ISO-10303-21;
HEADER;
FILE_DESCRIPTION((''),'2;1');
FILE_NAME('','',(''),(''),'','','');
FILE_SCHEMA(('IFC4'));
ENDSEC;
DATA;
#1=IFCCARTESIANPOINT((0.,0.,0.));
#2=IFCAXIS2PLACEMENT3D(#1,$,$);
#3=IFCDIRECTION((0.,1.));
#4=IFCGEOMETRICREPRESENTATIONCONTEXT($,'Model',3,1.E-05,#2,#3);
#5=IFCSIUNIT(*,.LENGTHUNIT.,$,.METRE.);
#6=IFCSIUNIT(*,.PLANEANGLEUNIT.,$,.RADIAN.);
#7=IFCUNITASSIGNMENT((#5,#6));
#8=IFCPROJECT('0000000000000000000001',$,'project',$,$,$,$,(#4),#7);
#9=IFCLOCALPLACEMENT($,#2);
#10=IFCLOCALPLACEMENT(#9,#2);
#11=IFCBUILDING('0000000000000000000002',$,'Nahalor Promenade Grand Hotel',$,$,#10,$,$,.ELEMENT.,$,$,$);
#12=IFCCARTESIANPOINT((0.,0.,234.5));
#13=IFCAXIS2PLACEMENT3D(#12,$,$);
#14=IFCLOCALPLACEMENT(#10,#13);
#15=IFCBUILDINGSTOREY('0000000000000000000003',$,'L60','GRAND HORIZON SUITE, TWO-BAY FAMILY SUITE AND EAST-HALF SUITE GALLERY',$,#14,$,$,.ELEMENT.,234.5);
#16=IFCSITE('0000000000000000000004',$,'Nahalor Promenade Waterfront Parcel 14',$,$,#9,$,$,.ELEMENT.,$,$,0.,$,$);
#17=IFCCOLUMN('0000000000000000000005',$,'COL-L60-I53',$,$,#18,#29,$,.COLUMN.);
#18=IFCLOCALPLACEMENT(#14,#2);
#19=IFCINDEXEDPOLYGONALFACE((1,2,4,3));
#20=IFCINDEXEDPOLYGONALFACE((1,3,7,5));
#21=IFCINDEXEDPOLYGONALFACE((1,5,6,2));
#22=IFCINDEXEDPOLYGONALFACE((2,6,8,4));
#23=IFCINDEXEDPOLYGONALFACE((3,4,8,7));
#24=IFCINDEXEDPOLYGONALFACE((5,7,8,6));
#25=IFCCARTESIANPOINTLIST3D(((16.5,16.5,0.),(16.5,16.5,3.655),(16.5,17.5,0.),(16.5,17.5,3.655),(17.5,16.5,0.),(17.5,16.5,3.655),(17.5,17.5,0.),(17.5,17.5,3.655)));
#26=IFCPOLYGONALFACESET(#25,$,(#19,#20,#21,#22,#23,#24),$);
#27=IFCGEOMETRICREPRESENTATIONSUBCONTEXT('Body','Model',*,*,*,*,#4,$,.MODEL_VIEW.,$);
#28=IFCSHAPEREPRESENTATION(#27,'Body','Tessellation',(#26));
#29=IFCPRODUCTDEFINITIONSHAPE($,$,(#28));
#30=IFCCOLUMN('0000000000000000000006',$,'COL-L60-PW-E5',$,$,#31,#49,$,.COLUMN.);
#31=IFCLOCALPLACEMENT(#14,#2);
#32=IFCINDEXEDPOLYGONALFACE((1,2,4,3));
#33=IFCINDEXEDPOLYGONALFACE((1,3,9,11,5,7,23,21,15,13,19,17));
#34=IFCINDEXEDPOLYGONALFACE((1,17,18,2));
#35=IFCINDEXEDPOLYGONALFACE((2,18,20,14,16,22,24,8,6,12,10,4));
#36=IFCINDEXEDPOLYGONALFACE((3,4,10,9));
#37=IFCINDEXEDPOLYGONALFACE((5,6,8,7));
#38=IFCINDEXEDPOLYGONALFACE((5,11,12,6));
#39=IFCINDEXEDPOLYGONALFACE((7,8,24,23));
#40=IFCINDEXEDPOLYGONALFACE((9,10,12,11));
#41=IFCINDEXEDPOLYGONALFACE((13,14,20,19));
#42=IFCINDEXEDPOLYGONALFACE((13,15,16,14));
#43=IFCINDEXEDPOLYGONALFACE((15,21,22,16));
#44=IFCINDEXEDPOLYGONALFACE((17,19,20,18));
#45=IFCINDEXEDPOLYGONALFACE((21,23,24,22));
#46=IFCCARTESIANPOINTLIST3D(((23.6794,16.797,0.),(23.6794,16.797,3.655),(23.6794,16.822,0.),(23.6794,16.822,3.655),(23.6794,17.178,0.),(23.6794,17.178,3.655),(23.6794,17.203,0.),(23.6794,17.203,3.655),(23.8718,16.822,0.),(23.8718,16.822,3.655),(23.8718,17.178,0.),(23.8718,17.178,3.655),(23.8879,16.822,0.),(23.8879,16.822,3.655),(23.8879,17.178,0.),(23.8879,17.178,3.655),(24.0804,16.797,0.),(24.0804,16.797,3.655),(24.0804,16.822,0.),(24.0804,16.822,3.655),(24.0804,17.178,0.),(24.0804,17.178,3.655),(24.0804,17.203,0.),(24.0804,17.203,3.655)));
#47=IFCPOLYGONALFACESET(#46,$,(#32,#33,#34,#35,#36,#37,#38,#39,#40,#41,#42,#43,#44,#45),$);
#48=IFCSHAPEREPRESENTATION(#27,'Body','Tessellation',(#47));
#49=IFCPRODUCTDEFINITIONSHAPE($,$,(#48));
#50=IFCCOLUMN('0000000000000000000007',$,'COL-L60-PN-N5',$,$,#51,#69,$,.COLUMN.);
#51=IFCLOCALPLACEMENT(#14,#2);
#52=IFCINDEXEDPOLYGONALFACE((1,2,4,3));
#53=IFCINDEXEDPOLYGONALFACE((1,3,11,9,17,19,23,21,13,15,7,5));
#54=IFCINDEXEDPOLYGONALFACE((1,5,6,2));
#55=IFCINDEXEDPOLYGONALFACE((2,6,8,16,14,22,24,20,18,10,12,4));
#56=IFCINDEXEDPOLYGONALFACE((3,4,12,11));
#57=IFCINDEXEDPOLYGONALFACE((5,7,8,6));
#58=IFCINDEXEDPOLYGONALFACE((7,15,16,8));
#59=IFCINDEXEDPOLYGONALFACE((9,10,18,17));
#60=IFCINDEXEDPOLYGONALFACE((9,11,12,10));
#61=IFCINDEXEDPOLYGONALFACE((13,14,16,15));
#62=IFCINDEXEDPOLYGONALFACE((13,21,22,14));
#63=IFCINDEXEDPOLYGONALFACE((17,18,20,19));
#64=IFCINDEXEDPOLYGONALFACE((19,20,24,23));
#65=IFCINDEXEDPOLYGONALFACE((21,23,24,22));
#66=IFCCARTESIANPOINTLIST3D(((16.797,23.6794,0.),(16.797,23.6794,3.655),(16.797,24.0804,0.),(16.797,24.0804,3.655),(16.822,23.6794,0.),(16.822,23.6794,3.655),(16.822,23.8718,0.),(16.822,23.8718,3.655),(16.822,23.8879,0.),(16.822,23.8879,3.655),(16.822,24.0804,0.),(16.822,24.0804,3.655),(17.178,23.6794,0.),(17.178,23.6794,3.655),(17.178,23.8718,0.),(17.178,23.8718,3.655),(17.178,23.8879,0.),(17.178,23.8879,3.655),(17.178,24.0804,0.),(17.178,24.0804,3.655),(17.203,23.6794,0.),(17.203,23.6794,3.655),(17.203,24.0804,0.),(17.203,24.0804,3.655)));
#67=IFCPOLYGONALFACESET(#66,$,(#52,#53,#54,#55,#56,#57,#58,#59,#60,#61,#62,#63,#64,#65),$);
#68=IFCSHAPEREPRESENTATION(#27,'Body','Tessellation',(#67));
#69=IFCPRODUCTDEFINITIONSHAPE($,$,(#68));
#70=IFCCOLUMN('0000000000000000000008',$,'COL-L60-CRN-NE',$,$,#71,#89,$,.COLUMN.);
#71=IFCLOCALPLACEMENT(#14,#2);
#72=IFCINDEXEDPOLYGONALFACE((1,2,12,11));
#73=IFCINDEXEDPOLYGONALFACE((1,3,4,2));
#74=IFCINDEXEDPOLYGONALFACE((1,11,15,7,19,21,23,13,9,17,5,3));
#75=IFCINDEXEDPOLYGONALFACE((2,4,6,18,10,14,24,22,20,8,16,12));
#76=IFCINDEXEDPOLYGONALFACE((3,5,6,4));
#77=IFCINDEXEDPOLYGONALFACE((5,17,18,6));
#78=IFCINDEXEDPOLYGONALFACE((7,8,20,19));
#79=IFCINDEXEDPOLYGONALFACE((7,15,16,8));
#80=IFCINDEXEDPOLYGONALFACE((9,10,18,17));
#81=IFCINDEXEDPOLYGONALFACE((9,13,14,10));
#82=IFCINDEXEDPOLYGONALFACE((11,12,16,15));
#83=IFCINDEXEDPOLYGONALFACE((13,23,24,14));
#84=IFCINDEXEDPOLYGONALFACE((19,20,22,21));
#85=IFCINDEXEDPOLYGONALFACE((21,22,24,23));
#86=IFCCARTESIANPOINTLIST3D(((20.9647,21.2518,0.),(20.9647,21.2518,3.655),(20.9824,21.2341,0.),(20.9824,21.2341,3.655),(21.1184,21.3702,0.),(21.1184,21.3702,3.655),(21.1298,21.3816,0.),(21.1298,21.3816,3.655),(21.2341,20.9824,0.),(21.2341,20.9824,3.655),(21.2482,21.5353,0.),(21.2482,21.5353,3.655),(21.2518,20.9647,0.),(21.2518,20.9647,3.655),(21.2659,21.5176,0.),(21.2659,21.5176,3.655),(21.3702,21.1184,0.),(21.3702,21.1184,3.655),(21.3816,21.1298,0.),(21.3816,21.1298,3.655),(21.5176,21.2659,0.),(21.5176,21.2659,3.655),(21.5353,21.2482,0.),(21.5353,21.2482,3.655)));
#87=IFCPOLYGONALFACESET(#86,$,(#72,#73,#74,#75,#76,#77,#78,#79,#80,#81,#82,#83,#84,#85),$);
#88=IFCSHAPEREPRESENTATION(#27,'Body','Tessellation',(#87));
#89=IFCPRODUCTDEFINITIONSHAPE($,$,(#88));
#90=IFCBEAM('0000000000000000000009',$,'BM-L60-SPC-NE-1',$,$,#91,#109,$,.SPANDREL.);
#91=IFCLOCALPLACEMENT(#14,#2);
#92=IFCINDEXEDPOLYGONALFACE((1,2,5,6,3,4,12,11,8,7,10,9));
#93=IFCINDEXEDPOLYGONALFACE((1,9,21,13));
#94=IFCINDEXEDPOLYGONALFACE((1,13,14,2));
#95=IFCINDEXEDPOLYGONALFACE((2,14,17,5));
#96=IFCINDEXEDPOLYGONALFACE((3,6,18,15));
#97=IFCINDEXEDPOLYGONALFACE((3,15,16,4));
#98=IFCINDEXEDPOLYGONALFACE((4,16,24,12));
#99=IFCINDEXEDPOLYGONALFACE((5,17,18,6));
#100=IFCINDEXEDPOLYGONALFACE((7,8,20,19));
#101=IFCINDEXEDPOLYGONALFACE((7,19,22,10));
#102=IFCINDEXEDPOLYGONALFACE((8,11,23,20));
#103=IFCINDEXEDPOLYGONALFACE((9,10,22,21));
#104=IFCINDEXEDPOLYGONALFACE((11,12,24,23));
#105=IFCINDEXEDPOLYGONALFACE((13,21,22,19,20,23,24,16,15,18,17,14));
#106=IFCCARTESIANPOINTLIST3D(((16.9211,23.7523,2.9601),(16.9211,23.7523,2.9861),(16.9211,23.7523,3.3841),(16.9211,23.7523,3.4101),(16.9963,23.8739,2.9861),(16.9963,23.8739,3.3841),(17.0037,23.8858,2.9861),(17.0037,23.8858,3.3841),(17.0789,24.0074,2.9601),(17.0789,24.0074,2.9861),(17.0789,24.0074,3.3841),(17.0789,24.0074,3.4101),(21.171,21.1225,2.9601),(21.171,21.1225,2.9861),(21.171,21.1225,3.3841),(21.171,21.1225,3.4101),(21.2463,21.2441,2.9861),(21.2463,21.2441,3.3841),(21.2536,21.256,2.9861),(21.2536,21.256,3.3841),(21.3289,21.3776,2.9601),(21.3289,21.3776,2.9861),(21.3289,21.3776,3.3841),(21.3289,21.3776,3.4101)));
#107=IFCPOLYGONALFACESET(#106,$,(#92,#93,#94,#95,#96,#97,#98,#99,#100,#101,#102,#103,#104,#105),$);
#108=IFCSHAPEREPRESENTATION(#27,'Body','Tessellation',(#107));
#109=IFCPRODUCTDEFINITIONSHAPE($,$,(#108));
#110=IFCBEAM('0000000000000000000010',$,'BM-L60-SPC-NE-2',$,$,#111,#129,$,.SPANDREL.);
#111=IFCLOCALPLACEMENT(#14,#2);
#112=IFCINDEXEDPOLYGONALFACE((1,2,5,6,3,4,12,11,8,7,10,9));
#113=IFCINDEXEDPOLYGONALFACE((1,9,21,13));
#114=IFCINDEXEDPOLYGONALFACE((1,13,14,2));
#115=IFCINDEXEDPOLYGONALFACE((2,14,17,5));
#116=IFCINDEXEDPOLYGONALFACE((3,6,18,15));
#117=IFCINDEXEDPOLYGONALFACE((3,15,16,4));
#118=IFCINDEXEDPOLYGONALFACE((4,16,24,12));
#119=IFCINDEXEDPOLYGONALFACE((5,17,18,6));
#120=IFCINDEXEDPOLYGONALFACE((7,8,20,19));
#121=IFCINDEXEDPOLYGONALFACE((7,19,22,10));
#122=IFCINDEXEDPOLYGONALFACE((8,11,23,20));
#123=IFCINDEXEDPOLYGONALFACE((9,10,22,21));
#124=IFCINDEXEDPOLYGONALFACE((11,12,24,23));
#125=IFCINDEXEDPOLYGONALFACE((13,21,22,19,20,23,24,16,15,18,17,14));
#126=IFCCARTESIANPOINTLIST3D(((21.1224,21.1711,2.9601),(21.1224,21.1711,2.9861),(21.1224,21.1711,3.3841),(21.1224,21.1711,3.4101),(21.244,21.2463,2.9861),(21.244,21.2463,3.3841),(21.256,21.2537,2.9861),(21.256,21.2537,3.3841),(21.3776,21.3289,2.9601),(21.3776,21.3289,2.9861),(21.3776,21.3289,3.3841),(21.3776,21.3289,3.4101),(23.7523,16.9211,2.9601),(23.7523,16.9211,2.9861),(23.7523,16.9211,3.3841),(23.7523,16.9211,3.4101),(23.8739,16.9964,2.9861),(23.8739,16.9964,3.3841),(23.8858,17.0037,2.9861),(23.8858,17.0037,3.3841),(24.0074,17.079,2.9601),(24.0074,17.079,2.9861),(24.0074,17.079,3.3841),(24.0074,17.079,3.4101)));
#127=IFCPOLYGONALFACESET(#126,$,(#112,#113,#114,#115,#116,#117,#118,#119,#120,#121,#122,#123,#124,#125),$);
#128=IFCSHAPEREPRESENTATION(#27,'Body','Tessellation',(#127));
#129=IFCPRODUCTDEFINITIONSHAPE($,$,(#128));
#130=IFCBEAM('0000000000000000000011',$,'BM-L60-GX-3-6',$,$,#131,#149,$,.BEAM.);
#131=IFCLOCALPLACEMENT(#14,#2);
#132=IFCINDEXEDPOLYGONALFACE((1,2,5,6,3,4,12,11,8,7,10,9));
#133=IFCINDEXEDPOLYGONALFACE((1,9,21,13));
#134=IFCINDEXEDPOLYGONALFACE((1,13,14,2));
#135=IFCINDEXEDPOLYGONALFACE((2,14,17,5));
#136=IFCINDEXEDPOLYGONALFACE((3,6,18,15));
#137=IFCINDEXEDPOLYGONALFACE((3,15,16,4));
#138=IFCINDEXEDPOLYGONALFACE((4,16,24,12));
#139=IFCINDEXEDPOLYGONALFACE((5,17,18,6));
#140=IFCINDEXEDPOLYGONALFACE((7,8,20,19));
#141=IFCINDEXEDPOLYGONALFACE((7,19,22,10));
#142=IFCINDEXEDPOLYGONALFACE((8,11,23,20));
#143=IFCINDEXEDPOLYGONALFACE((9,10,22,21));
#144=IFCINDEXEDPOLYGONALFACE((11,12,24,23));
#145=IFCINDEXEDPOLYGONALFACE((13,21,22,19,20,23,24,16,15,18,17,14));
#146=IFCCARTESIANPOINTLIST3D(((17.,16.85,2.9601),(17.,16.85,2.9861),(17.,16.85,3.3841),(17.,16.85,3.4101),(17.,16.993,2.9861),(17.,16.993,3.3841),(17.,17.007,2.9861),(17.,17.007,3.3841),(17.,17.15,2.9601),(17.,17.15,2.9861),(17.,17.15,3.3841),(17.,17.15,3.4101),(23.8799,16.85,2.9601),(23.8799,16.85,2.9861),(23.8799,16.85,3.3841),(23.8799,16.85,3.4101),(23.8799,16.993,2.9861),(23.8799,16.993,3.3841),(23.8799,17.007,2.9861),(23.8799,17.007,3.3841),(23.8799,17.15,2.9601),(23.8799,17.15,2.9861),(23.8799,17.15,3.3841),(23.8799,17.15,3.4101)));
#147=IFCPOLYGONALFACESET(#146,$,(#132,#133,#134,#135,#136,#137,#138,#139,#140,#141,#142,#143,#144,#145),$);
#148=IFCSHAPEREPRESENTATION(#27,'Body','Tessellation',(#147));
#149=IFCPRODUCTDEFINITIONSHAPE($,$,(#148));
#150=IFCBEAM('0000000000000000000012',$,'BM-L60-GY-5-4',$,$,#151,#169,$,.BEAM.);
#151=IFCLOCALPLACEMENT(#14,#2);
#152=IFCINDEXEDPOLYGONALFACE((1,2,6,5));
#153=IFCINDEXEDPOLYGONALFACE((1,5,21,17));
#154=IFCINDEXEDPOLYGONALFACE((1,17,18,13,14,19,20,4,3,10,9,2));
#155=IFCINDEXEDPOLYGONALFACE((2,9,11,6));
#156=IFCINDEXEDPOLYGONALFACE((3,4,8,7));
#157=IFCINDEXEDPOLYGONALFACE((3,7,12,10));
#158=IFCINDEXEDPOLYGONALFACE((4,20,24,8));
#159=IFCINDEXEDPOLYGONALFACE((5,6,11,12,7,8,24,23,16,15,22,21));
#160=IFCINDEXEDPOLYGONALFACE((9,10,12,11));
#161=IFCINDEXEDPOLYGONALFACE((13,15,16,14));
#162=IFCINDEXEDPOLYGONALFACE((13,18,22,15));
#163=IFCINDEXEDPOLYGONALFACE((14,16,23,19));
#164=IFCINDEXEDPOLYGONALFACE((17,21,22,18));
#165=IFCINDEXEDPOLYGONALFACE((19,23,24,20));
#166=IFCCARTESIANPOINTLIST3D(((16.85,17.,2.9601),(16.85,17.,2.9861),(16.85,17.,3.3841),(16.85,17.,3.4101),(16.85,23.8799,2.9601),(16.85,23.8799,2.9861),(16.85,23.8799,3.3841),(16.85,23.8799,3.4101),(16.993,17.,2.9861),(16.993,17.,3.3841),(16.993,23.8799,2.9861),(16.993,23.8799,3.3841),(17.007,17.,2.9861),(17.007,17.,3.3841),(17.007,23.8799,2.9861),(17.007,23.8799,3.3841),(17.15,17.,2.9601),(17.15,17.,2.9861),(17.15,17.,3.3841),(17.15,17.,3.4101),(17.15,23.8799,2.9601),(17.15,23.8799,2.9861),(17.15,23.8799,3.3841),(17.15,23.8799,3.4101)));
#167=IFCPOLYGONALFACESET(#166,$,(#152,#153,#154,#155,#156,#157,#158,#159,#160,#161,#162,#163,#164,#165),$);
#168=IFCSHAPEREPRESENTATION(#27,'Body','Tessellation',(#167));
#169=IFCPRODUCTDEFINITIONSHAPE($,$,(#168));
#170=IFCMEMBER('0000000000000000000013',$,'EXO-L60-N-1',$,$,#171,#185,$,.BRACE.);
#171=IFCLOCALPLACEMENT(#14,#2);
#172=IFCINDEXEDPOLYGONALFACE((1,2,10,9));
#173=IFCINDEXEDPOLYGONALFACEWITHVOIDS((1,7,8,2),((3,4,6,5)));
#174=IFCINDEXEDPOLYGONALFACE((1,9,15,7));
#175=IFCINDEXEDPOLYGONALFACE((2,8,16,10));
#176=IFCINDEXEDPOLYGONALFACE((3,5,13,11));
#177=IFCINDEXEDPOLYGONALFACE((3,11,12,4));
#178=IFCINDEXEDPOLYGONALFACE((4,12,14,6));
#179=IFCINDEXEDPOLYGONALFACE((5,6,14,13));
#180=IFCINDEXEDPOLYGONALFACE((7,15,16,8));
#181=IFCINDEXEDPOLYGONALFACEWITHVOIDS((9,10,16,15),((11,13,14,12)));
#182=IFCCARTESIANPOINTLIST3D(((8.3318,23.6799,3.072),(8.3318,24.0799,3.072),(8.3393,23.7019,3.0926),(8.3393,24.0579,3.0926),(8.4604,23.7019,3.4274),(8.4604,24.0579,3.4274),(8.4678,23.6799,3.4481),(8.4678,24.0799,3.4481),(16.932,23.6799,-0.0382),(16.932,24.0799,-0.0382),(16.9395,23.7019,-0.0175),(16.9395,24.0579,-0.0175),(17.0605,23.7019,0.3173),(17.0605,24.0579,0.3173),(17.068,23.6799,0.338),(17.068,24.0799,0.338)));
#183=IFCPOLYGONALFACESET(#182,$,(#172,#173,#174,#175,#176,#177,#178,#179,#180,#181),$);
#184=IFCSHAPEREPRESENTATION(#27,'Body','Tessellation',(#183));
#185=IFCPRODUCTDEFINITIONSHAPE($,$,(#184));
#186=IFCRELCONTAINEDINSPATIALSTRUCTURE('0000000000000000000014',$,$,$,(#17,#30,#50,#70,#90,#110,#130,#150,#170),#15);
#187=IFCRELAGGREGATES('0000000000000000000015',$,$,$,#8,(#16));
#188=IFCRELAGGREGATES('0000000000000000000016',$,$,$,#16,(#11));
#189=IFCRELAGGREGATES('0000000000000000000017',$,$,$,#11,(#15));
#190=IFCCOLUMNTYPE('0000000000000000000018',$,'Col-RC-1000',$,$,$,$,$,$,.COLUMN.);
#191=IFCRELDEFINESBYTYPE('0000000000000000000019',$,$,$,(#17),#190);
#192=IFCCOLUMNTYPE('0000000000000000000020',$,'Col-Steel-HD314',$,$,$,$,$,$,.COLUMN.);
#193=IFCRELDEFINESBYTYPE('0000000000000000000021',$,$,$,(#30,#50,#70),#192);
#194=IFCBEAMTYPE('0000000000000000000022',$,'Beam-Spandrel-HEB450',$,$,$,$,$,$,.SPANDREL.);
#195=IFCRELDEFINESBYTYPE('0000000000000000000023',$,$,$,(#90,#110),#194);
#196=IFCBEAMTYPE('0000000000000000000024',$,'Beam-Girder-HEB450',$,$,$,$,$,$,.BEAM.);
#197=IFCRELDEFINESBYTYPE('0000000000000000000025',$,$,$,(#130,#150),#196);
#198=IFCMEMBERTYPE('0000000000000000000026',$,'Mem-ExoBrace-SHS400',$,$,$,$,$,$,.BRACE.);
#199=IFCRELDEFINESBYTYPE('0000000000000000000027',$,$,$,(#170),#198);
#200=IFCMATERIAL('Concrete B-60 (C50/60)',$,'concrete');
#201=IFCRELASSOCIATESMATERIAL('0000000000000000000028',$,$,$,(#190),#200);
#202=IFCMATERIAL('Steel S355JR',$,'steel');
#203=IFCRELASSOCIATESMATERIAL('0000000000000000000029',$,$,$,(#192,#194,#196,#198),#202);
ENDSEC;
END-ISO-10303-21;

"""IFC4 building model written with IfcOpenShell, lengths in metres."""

from ifc_helpers import new_model, si_unit, direction, frame, origin, origin_2d, place, context, subcontext, project, spatial, rectangle, hollow_rectangle, i_section, extrude, source, transform, mapped, material, material_profile, profile_set, type_object, element, save


model = new_model("IFC4")

# Units and contexts
model_context = context("Model", 3, precision=1e-05, world=origin(), true_north=direction((0.0, 1.0)))
body_context = subcontext(model_context, "Body", "Model", "MODEL_VIEW")
ifc_project = project(units=[si_unit("LENGTHUNIT", "METRE"), si_unit("PLANEANGLEUNIT", "RADIAN")], contexts=[model_context])

# Site, building, storey
site_placement = place(None, origin())
site = spatial("IfcSite", under=ifc_project, at=site_placement, Name="Nahalor Promenade Waterfront Parcel 14", CompositionType="ELEMENT", RefElevation=0.0)
building_placement = place(site_placement, origin())
building = spatial("IfcBuilding", under=site, at=building_placement, Name="Nahalor Promenade Grand Hotel", CompositionType="ELEMENT")
storey_placement = place(building_placement, frame((0.0, 0.0, 234.5)))
storey = spatial("IfcBuildingStorey", under=building, at=storey_placement, Name="L60", Description="GRAND HORIZON SUITE, TWO-BAY FAMILY SUITE AND EAST-HALF SUITE GALLERY", CompositionType="ELEMENT", Elevation=234.5)

# Columns
ifc_material_1 = material(Name="Concrete B-60 (C50/60)", Category="concrete")
ifc_material_profile_1 = material_profile(ifc_material_1, rectangle(XDim=1.0, YDim=1.0, at=origin_2d()), Name="RC 1000x1000")
ifc_profile_set_1 = profile_set([ifc_material_profile_1], Name="Concrete B-60 (C50/60)")
column_type_1 = type_object("IfcColumnType", Name="Col-RC-1000", PredefinedType="COLUMN", material=ifc_profile_set_1)
shared_shape_1 = source(origin(), body_context, "Body", "SweptSolid", [
    extrude(rectangle(XDim=1.0, YDim=1.0, at=origin_2d()), origin(), (0.0, 0.0, 1.0), 3.655),
])
column_placement = place(storey_placement, frame((17.0, 17.0, 0.0), z_axis=(0.0, 0.0, 1.0), x_axis=(1.0, 0.0, 0.0)))
element("IfcColumn", 1, at=column_placement, inside=storey, type_object=column_type_1, Name="COL-L60-I53", PredefinedType="COLUMN", context=body_context, shape_type="MappedRepresentation", body=[
    mapped(shared_shape_1, transform((0.0, 0.0, 0.0), scale=1.0)),
])
ifc_material_2 = material(Name="Steel S355JR", Category="steel")
ifc_material_profile_2 = material_profile(ifc_material_2, i_section(OverallWidth=0.401, OverallDepth=0.406, WebThickness=0.0161, FlangeThickness=0.025, at=origin_2d()), Name="HD 400x314")
ifc_profile_set_2 = profile_set([ifc_material_profile_2], Name="Steel S355JR")
column_type_2 = type_object("IfcColumnType", Name="Col-Steel-HD314", PredefinedType="COLUMN", material=ifc_profile_set_2)
shared_shape_2 = source(origin(), body_context, "Body", "SweptSolid", [
    extrude(i_section(OverallWidth=0.401, OverallDepth=0.406, WebThickness=0.0161, FlangeThickness=0.025, at=origin_2d()), origin(), (0.0, 0.0, 1.0), 3.655),
])
for number, where, z_axis, x_axis, name in (
    (2, (23.8799, 17.0, 0.0), (0.0, 0.0, 1.0), (1.0, 0.0, 0.0), "COL-L60-PW-E5"),
    (3, (17.0, 23.8799, 0.0), (0.0, 0.0, 1.0), (0.0, 1.0, 0.0), "COL-L60-PN-N5"),
    (4, (21.25, 21.25, 0.0), (0.0, 0.0, 1.0), (0.707107, 0.707107, 0.0), "COL-L60-CRN-NE"),
):
    element("IfcColumn", number, at=place(storey_placement, frame(where, z_axis=z_axis, x_axis=x_axis)), inside=storey, type_object=column_type_2, Name=name, PredefinedType="COLUMN", context=body_context, shape_type="MappedRepresentation", body=[
        mapped(shared_shape_2, transform((0.0, 0.0, 0.0), scale=1.0)),
    ])

# Beams
ifc_material_profile_3 = material_profile(ifc_material_2, i_section(OverallWidth=0.3, OverallDepth=0.45, WebThickness=0.014, FlangeThickness=0.026, at=origin_2d()), Name="HEB 450")
ifc_profile_set_3 = profile_set([ifc_material_profile_3], Name="Steel S355JR")
beam_type_1 = type_object("IfcBeamType", Name="Beam-Spandrel-HEB450", PredefinedType="SPANDREL", material=ifc_profile_set_3)
shared_shape_3 = source(origin(), body_context, "Body", "SweptSolid", [
    extrude(i_section(OverallWidth=0.3, OverallDepth=0.45, WebThickness=0.014, FlangeThickness=0.026, at=origin_2d()), origin(), (0.0, 0.0, 1.0), 4.9978),
])
for number, where, z_axis, x_axis, name in (
    (5, (17.0, 23.8799, 3.1851), (0.850361, -0.5262, 0.0), (0.5262, 0.850361, 0.0), "BM-L60-SPC-NE-1"),
    (6, (21.25, 21.25, 3.1851), (0.5262, -0.850361, 0.0), (0.850361, 0.5262, 0.0), "BM-L60-SPC-NE-2"),
):
    element("IfcBeam", number, at=place(storey_placement, frame(where, z_axis=z_axis, x_axis=x_axis)), inside=storey, type_object=beam_type_1, Name=name, PredefinedType="SPANDREL", context=body_context, shape_type="MappedRepresentation", body=[
        mapped(shared_shape_3, transform((0.0, 0.0, 0.0), scale=1.0)),
    ])
ifc_material_profile_4 = material_profile(ifc_material_2, i_section(OverallWidth=0.3, OverallDepth=0.45, WebThickness=0.014, FlangeThickness=0.026, at=origin_2d()), Name="HEB 450")
ifc_profile_set_4 = profile_set([ifc_material_profile_4], Name="Steel S355JR")
beam_type_2 = type_object("IfcBeamType", Name="Beam-Girder-HEB450", PredefinedType="BEAM", material=ifc_profile_set_4)
shared_shape_4 = source(origin(), body_context, "Body", "SweptSolid", [
    extrude(i_section(OverallWidth=0.3, OverallDepth=0.45, WebThickness=0.014, FlangeThickness=0.026, at=origin_2d()), origin(), (0.0, 0.0, 1.0), 6.8799),
])
for number, where, z_axis, x_axis, name in (
    (7, (17.0, 17.0, 3.1851), (1.0, 0.0, 0.0), (0.0, 1.0, 0.0), "BM-L60-GX-3-6"),
    (8, (17.0, 17.0, 3.1851), (0.0, 1.0, 0.0), (-1.0, 0.0, 0.0), "BM-L60-GY-5-4"),
):
    element("IfcBeam", number, at=place(storey_placement, frame(where, z_axis=z_axis, x_axis=x_axis)), inside=storey, type_object=beam_type_2, Name=name, PredefinedType="BEAM", context=body_context, shape_type="MappedRepresentation", body=[
        mapped(shared_shape_4, transform((0.0, 0.0, 0.0), scale=1.0)),
    ])

# Member
ifc_material_profile_5 = material_profile(ifc_material_2, hollow_rectangle(XDim=0.4, YDim=0.4, WallThickness=0.022, at=origin_2d()), Name="SHS 400x400x22")
ifc_profile_set_5 = profile_set([ifc_material_profile_5], Name="Steel S355JR")
member_type_1 = type_object("IfcMemberType", Name="Mem-ExoBrace-SHS400", PredefinedType="BRACE", material=ifc_profile_set_5)
shared_shape_5 = source(origin(), body_context, "Body", "SweptSolid", [
    extrude(hollow_rectangle(XDim=0.4, YDim=0.4, WallThickness=0.022, at=origin_2d()), origin(), (0.0, 0.0, 1.0), 9.1453),
])
member_1_placement = place(storey_placement, frame((17.0, 23.8799, 0.1499), z_axis=(-0.940396, 0.0, 0.340081), x_axis=(0.0, -1.0, 0.0)))
element("IfcMember", 9, at=member_1_placement, inside=storey, type_object=member_type_1, Name="EXO-L60-N-1", PredefinedType="BRACE", context=body_context, shape_type="MappedRepresentation", body=[
    mapped(shared_shape_5, transform((0.0, 0.0, 0.0), scale=1.0)),
])

save(model, "model.ifc")
